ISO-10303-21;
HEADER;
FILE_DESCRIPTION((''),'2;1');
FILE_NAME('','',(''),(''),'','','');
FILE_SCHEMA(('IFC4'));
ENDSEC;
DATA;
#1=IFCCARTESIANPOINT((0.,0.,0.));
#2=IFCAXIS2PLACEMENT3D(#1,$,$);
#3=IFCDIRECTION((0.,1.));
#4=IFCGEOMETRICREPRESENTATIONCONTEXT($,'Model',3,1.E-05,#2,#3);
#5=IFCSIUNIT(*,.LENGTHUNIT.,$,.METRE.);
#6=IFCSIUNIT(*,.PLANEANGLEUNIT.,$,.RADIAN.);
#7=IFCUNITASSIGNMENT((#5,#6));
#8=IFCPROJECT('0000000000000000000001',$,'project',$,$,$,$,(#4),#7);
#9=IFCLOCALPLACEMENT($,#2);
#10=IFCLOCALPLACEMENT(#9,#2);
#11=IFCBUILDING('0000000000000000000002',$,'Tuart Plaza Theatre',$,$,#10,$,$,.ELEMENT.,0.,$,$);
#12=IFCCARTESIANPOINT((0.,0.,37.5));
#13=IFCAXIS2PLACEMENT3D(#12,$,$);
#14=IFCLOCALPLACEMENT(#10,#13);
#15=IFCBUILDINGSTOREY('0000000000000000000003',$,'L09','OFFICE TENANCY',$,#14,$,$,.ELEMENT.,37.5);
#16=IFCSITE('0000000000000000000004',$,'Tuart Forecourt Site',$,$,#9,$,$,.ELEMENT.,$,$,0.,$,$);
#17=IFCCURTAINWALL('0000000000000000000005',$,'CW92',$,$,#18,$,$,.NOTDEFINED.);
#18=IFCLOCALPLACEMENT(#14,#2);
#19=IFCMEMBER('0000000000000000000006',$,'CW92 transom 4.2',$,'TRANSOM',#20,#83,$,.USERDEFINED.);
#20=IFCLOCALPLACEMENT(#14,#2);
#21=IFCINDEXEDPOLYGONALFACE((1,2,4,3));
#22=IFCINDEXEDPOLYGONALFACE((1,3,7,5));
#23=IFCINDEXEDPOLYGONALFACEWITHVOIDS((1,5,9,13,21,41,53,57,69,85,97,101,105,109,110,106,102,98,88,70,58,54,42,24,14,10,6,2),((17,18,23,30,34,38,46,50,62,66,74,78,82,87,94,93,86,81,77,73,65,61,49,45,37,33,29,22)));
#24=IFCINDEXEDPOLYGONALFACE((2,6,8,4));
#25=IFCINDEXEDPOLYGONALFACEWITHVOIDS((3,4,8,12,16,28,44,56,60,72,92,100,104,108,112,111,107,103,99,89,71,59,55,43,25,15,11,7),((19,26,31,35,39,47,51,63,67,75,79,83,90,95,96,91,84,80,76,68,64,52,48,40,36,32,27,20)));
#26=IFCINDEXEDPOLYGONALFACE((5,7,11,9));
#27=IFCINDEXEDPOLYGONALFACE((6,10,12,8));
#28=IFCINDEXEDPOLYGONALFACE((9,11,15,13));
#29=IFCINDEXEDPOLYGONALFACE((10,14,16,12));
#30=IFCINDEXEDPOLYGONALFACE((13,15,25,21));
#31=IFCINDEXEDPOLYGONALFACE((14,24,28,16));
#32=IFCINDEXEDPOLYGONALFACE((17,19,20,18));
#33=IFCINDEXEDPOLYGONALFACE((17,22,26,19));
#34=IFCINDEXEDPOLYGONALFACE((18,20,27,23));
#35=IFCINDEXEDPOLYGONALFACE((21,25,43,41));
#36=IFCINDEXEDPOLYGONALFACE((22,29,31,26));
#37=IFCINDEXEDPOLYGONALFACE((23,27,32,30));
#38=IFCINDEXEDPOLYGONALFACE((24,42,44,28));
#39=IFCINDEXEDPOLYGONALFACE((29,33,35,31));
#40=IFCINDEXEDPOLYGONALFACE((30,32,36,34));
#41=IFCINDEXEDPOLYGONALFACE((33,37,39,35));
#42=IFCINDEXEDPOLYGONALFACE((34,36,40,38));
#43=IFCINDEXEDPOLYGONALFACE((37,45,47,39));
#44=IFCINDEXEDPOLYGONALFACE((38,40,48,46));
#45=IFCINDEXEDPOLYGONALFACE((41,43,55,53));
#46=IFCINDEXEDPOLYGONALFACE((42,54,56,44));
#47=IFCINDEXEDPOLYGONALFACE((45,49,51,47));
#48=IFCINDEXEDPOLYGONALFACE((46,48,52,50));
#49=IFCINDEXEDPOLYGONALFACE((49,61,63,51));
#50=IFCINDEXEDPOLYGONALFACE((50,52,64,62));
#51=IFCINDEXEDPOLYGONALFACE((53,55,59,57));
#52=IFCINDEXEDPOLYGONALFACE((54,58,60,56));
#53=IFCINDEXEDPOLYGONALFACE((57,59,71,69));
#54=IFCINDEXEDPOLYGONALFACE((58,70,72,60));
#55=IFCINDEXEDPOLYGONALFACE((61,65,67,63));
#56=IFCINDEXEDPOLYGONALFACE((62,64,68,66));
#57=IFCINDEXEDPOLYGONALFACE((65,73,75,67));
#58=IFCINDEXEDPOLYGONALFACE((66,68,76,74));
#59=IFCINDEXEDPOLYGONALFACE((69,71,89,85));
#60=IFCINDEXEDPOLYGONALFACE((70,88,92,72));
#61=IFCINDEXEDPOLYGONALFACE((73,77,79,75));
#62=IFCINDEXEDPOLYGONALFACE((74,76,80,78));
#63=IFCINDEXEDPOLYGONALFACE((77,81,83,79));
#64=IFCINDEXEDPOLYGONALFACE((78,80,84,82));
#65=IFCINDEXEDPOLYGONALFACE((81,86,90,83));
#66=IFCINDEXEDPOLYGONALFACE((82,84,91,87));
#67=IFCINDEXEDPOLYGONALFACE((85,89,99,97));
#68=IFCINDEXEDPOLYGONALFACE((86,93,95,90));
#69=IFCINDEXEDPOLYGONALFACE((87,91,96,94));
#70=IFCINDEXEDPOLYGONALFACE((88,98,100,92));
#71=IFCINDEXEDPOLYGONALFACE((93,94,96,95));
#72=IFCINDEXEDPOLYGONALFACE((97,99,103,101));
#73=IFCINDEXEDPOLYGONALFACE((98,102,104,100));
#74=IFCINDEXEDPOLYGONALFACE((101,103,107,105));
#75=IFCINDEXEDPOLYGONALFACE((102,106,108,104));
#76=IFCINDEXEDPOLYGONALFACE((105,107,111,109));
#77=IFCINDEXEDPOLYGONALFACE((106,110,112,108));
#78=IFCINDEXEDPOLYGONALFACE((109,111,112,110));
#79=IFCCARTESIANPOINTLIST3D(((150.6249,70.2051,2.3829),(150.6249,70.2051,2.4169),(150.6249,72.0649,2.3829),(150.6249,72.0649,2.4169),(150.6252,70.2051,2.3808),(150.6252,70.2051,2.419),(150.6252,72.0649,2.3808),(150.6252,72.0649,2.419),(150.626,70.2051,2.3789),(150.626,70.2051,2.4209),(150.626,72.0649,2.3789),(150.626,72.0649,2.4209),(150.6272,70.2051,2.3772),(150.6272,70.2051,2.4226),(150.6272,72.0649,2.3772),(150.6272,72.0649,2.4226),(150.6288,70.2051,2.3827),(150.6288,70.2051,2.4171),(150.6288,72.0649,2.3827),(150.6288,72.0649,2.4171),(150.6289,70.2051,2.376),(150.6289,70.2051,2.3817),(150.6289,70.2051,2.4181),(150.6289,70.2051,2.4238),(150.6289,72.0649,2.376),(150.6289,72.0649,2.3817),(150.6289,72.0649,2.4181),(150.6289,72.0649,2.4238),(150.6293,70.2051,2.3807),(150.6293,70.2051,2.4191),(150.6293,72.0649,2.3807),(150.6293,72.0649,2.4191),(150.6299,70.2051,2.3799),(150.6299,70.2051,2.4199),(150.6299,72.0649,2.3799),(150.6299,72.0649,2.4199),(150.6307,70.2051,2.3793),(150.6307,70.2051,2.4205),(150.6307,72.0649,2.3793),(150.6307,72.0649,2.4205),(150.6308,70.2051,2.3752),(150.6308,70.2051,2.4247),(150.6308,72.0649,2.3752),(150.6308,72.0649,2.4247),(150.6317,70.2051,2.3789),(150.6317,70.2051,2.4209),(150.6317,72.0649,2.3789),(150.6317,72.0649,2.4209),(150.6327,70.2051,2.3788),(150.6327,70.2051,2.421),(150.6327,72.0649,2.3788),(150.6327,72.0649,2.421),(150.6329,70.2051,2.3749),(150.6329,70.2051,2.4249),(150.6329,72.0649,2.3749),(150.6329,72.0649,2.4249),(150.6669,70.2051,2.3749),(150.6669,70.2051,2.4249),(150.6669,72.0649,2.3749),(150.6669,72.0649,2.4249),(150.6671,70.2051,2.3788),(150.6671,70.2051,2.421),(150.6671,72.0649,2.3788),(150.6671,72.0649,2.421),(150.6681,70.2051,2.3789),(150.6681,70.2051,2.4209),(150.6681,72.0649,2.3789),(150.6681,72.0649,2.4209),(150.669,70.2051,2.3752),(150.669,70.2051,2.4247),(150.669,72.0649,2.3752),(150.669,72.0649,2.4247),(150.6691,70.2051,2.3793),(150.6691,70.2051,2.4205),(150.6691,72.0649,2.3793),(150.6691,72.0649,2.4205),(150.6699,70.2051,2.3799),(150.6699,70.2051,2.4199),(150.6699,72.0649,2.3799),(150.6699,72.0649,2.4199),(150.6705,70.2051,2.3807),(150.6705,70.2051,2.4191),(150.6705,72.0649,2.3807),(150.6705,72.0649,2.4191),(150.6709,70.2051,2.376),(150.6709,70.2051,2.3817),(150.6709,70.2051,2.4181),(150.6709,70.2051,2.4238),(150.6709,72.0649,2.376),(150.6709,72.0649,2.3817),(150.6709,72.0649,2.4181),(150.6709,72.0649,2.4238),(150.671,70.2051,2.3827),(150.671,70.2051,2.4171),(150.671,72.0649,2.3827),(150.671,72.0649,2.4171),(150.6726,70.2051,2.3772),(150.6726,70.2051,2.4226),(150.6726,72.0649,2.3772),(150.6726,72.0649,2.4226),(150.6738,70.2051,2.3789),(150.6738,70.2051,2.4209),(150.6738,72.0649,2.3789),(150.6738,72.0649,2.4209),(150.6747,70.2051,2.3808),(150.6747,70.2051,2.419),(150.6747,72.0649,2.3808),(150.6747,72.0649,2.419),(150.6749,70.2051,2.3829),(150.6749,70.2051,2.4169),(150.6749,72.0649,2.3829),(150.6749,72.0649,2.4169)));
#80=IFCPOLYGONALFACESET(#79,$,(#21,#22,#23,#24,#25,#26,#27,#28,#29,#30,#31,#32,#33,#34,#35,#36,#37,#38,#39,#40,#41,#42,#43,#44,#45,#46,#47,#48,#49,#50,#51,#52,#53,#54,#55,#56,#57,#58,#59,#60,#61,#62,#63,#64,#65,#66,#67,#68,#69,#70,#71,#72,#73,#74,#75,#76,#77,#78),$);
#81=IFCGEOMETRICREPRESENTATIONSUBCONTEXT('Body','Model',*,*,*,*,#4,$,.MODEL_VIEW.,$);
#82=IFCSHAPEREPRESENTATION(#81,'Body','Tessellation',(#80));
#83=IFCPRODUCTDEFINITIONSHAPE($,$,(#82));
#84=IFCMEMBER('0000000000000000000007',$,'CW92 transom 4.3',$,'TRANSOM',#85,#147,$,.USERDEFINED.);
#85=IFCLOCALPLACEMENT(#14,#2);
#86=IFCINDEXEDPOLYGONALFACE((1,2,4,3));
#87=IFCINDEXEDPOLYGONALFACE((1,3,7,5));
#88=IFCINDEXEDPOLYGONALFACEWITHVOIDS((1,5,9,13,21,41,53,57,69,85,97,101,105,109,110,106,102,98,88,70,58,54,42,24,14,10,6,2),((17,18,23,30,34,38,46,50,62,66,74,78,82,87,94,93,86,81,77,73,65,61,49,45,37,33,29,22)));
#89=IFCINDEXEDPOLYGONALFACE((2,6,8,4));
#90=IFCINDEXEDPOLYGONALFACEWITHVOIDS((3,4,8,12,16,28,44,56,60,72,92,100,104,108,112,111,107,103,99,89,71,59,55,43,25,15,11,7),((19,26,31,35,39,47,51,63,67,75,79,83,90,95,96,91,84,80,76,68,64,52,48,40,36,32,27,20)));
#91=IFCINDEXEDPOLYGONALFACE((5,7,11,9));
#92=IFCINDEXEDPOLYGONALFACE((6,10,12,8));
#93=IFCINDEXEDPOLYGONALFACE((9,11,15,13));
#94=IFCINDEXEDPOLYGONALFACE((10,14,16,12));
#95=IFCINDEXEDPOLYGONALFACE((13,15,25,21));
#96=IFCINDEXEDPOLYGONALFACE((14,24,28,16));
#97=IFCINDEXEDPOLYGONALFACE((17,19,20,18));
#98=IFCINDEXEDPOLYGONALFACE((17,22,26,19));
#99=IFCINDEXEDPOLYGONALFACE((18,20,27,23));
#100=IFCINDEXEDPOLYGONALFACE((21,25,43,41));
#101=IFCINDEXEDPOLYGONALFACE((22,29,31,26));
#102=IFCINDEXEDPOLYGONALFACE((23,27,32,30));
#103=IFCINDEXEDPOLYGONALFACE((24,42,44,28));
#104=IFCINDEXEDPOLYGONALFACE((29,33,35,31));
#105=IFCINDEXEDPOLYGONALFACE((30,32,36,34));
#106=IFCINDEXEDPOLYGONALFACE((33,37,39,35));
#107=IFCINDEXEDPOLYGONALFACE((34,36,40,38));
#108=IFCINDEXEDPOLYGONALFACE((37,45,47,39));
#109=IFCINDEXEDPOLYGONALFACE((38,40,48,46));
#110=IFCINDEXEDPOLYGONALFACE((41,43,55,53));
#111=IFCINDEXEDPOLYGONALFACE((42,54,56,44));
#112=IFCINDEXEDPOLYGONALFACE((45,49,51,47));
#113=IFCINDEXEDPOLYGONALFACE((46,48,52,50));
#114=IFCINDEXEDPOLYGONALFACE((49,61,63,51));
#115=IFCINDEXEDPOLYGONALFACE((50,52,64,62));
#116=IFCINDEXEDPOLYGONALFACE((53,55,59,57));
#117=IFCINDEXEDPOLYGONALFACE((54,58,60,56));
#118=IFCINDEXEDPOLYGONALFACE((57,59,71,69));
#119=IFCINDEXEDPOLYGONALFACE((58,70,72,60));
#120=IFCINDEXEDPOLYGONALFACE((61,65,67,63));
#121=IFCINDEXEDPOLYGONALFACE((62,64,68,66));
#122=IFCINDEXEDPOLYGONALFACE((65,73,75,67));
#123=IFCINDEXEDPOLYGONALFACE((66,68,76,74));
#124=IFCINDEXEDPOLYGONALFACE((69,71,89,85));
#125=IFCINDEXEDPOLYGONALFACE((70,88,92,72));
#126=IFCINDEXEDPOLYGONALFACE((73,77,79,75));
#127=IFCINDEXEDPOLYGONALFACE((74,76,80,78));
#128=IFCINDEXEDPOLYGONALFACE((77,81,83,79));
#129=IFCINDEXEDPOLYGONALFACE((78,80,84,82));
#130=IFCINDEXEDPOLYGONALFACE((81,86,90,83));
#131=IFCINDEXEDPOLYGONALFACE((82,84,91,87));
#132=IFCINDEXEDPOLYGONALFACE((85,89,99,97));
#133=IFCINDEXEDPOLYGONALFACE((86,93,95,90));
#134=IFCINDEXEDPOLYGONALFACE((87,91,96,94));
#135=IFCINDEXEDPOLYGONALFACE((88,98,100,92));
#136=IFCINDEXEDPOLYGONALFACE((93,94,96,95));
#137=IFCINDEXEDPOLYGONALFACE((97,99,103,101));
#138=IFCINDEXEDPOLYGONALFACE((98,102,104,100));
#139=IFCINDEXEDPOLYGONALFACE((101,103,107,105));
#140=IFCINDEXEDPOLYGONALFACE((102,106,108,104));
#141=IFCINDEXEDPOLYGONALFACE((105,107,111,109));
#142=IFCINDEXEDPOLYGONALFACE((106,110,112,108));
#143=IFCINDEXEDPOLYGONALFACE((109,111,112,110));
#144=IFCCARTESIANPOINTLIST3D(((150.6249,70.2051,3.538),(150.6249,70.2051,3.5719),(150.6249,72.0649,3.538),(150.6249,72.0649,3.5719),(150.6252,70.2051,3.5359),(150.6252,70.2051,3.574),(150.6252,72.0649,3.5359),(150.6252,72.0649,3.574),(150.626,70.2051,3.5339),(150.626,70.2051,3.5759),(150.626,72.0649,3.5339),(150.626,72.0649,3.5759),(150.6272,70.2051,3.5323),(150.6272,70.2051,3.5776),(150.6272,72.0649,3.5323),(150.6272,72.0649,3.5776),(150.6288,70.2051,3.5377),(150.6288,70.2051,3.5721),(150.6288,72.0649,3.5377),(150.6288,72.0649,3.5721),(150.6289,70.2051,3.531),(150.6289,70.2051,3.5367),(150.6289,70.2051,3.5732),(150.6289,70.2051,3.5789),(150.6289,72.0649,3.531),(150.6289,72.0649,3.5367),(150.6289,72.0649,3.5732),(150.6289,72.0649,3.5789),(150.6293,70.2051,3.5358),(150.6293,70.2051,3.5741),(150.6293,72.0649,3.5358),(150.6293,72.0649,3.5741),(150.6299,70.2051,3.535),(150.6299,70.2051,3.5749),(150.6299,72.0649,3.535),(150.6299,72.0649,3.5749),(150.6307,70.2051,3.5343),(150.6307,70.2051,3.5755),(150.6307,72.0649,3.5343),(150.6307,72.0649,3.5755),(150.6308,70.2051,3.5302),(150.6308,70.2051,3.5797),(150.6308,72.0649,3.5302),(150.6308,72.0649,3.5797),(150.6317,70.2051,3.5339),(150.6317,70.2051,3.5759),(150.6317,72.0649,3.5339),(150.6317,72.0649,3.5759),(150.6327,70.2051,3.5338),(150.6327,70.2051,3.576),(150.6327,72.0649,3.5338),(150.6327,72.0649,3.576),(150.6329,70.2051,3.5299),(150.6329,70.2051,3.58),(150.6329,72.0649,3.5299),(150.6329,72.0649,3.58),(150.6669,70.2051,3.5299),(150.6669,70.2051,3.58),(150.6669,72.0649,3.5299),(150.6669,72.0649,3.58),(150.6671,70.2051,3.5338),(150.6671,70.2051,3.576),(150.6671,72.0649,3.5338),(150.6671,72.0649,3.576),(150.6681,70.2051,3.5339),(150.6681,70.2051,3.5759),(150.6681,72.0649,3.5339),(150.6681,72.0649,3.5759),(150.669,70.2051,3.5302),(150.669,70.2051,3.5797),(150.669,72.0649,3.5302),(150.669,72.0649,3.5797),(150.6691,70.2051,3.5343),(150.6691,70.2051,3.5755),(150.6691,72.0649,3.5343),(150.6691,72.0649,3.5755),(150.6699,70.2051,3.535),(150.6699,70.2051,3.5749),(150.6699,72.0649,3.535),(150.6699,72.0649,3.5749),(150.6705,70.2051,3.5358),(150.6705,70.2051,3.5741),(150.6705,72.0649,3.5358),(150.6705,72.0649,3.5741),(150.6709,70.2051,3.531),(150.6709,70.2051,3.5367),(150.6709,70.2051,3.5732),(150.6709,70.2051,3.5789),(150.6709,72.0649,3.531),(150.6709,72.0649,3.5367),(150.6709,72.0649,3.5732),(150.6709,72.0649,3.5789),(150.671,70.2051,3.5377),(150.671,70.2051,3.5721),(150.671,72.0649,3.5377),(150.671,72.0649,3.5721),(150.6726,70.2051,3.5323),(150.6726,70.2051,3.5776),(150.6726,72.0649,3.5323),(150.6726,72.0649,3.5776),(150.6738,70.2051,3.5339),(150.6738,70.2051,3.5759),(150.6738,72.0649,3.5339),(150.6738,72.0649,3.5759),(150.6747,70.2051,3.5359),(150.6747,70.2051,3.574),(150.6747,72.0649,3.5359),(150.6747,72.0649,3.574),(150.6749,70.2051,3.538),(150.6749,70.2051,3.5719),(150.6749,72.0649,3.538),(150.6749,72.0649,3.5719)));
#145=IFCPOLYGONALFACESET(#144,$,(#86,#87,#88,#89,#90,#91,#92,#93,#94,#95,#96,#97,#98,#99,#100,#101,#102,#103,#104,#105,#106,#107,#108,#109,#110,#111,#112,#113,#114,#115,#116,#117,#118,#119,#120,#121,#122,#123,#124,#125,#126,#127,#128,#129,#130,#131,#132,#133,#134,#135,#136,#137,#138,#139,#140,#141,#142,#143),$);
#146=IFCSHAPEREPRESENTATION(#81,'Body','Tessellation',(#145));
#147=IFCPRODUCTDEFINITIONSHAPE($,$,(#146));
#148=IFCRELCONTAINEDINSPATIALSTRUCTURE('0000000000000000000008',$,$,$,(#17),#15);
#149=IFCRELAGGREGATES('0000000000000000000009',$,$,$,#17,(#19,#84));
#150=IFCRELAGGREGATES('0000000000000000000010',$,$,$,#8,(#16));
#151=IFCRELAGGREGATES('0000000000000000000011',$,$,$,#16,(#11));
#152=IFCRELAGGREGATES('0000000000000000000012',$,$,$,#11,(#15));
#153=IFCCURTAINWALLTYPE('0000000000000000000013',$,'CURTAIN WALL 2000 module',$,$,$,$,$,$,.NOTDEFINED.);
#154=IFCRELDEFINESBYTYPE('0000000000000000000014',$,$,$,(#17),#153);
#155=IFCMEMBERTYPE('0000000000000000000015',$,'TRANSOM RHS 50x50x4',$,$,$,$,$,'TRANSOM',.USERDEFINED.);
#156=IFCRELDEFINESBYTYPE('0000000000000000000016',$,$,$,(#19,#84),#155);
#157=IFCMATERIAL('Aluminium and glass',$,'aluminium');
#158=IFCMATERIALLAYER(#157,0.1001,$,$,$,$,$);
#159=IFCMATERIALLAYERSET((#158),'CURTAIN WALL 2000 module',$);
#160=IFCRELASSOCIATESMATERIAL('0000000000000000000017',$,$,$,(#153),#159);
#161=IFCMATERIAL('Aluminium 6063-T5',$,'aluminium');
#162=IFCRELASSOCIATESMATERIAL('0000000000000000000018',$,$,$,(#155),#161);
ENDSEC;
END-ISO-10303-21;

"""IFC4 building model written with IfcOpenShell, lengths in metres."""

from ifc_helpers import new_model, si_unit, direction, frame, origin, origin_2d, place, context, subcontext, project, spatial, hollow_rectangle, extrude, material, layer, layer_set, material_profile, profile_set, type_object, element, aggregate, save


model = new_model("IFC4")

# Units and contexts
model_context = context("Model", 3, precision=1e-05, world=origin(), true_north=direction((0.0, 1.0)))
body_context = subcontext(model_context, "Body", "Model", "MODEL_VIEW")
ifc_project = project(units=[si_unit("LENGTHUNIT", "METRE"), si_unit("PLANEANGLEUNIT", "RADIAN")], contexts=[model_context])

# Site, building, storey
site_placement = place(None, origin())
site = spatial("IfcSite", under=ifc_project, at=site_placement, Name="Tuart Forecourt Site", CompositionType="ELEMENT", RefElevation=0.0)
building_placement = place(site_placement, origin())
building = spatial("IfcBuilding", under=site, at=building_placement, Name="Tuart Plaza Theatre", CompositionType="ELEMENT", ElevationOfRefHeight=0.0)
storey_placement = place(building_placement, frame((0.0, 0.0, 37.5)))
storey = spatial("IfcBuildingStorey", under=building, at=storey_placement, Name="L09", Description="OFFICE TENANCY", CompositionType="ELEMENT", Elevation=37.5)

# Curtain wall, members
ifc_material_1 = material(Name="Aluminium and glass", Category="aluminium")
ifc_layer_1 = layer(ifc_material_1, 0.1001)
ifc_layer_set_1 = layer_set([ifc_layer_1], Name="CURTAIN WALL 2000 module")
curtain_wall_type = type_object("IfcCurtainWallType", Name="CURTAIN WALL 2000 module", PredefinedType="NOTDEFINED", material=ifc_layer_set_1)
curtain_wall_placement = place(storey_placement, origin())
curtain_wall = element("IfcCurtainWall", 1, at=curtain_wall_placement, inside=storey, type_object=curtain_wall_type, Name="CW92", PredefinedType="NOTDEFINED")
ifc_material_2 = material(Name="Aluminium 6063-T5", Category="aluminium")
ifc_material_profile_1 = material_profile(ifc_material_2, hollow_rectangle(XDim=0.05, YDim=0.05, WallThickness=0.0039, InnerFilletRadius=0.0039, OuterFilletRadius=0.0081, at=origin_2d()), Name="RHS 50x50x4")
ifc_profile_set_1 = profile_set([ifc_material_profile_1], Name="Aluminium 6063-T5")
member_type_1 = type_object("IfcMemberType", Name="TRANSOM RHS 50x50x4", ElementType="TRANSOM", PredefinedType="USERDEFINED", material=ifc_profile_set_1)
member_1_placement = place(storey_placement, frame((150.6499, 70.2051, 2.3999), z_axis=(0.0, 1.0, 0.0), x_axis=(-1.0, 0.0, 0.0)))
member_1 = element("IfcMember", 2, at=member_1_placement, type_object=member_type_1, Name="CW92 transom 4.2", ObjectType="TRANSOM", PredefinedType="USERDEFINED", context=body_context, shape_type="SweptSolid", body=[
    extrude(hollow_rectangle(XDim=0.05, YDim=0.05, WallThickness=0.0039, InnerFilletRadius=0.0039, OuterFilletRadius=0.0081, at=origin_2d()), origin(), (0.0, 0.0, 1.0), 1.8599),
])
member_2_placement = place(storey_placement, frame((150.6499, 70.2051, 3.5549), z_axis=(0.0, 1.0, 0.0), x_axis=(-1.0, 0.0, 0.0)))
member_2 = element("IfcMember", 3, at=member_2_placement, type_object=member_type_1, Name="CW92 transom 4.3", ObjectType="TRANSOM", PredefinedType="USERDEFINED", context=body_context, shape_type="SweptSolid", body=[
    extrude(hollow_rectangle(XDim=0.05, YDim=0.05, WallThickness=0.0039, InnerFilletRadius=0.0039, OuterFilletRadius=0.0081, at=origin_2d()), origin(), (0.0, 0.0, 1.0), 1.8599),
])
aggregate(curtain_wall, [member_1, member_2])

save(model, "model.ifc")
